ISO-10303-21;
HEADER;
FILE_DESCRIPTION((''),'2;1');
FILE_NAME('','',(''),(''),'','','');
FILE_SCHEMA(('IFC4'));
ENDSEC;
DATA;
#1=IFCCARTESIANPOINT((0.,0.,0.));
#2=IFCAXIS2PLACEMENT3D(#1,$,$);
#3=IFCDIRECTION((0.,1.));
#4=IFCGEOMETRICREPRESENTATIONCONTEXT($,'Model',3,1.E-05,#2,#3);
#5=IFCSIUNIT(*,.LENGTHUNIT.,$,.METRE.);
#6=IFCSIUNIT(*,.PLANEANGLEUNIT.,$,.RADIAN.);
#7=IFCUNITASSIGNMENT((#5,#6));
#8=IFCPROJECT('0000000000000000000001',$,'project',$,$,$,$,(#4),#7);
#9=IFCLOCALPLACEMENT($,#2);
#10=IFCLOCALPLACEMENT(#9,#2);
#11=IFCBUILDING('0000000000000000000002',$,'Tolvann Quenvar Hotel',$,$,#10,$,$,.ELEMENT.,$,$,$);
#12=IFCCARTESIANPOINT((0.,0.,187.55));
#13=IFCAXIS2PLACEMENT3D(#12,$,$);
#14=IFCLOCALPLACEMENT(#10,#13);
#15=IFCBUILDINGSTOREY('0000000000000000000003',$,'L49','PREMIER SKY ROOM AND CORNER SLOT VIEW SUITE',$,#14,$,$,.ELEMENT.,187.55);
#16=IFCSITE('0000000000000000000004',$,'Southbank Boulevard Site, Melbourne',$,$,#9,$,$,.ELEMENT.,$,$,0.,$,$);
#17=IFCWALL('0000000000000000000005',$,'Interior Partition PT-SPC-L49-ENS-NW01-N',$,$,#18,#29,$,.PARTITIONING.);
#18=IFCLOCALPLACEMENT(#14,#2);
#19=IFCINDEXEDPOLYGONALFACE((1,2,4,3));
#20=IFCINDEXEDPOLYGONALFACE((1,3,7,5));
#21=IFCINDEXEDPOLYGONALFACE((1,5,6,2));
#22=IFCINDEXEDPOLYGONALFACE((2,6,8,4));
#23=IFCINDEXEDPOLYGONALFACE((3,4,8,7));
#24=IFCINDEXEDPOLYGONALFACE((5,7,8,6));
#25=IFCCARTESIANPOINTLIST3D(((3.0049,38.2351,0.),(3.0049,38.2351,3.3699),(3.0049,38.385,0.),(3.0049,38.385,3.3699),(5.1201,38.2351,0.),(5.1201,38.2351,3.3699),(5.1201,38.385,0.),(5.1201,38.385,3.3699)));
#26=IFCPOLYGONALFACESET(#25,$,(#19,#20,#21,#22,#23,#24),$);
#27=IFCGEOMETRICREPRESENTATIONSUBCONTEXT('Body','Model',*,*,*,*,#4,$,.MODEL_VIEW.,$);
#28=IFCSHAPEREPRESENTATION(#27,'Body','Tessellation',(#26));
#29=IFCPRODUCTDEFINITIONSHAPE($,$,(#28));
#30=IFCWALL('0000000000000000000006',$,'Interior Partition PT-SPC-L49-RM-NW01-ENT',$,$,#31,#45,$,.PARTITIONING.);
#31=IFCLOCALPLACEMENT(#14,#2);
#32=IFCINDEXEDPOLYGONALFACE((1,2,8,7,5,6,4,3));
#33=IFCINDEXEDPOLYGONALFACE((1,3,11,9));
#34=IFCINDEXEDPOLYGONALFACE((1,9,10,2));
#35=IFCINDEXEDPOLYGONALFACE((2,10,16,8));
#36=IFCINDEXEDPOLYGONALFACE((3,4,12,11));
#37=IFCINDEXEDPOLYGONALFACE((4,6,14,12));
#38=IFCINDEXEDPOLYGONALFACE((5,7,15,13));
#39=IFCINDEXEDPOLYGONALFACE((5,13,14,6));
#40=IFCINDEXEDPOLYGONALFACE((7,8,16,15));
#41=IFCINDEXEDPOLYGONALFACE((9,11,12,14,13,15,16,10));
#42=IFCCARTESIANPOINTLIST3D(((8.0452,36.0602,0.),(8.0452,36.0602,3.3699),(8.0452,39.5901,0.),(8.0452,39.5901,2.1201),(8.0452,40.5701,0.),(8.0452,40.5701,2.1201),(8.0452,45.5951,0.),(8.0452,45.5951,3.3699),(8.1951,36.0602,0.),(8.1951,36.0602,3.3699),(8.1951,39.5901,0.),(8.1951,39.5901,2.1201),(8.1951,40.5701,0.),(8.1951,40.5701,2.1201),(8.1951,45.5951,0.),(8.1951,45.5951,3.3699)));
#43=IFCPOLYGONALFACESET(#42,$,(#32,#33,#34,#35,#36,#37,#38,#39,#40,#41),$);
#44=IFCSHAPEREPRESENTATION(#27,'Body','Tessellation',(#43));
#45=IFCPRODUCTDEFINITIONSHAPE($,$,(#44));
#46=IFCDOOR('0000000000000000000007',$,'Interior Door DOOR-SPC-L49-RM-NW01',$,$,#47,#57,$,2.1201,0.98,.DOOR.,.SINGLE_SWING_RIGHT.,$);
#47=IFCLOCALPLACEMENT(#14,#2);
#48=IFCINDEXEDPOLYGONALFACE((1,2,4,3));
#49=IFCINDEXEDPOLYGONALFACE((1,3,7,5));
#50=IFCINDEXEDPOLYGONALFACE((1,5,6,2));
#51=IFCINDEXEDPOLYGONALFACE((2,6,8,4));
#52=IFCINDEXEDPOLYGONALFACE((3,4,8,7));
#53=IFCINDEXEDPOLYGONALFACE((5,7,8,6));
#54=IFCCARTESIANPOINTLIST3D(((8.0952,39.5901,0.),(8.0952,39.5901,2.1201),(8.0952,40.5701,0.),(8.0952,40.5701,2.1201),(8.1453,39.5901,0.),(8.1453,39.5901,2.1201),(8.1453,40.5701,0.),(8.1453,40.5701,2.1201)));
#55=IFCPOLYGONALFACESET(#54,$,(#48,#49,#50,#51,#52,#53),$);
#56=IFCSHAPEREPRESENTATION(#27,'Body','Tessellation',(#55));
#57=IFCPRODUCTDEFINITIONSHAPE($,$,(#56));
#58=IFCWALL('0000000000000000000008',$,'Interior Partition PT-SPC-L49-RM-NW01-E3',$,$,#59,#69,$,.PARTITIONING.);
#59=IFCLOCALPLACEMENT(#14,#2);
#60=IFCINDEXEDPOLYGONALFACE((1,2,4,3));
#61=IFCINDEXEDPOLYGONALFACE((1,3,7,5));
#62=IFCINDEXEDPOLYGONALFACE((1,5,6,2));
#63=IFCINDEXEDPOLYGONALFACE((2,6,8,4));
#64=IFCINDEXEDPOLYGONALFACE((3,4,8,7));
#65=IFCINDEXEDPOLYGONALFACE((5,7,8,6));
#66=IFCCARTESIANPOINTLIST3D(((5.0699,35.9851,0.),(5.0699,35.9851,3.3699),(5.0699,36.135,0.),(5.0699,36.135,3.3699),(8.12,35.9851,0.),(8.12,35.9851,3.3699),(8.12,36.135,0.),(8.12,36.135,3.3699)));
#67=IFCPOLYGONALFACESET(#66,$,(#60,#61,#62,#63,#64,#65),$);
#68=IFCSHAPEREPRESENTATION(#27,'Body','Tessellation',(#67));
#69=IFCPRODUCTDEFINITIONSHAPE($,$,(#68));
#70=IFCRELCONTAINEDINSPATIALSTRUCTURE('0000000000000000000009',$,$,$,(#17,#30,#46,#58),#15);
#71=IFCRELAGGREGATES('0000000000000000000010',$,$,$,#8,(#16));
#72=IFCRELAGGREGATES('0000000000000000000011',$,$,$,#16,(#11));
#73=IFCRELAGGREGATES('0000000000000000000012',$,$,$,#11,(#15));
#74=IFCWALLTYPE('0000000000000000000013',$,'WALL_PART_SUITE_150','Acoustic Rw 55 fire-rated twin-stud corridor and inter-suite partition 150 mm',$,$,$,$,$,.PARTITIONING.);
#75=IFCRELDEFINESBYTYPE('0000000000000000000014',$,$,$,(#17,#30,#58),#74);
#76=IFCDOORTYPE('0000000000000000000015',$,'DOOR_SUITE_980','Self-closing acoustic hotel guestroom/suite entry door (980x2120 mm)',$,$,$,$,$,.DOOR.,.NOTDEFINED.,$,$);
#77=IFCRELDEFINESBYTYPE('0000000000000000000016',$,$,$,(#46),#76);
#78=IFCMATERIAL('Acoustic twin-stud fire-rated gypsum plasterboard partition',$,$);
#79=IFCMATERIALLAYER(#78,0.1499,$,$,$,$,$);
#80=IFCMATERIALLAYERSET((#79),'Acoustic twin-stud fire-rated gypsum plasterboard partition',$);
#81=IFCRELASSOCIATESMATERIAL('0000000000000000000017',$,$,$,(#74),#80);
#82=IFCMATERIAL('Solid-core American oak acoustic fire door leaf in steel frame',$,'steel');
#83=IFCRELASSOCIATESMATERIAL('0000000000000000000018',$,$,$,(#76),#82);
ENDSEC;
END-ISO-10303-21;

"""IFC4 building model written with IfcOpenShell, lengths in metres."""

from ifc_helpers import new_model, si_unit, direction, frame, frame_2d, origin, place, context, subcontext, project, spatial, rectangle, extrude, source, transform, mapped, material, layer, layer_set, type_object, type_shapes, element, fill, save


model = new_model("IFC4")

# Units and contexts
model_context = context("Model", 3, precision=1e-05, world=origin(), true_north=direction((0.0, 1.0)))
body_context = subcontext(model_context, "Body", "Model", "MODEL_VIEW")
ifc_project = project(units=[si_unit("LENGTHUNIT", "METRE"), si_unit("PLANEANGLEUNIT", "RADIAN")], contexts=[model_context])

# Site, building, storey
site_placement = place(None, origin())
site = spatial("IfcSite", under=ifc_project, at=site_placement, Name="Southbank Boulevard Site, Melbourne", CompositionType="ELEMENT", RefElevation=0.0)
building_placement = place(site_placement, origin())
building = spatial("IfcBuilding", under=site, at=building_placement, Name="Tolvann Quenvar Hotel", CompositionType="ELEMENT")
storey_placement = place(building_placement, frame((0.0, 0.0, 187.55)))
storey = spatial("IfcBuildingStorey", under=building, at=storey_placement, Name="L49", Description="PREMIER SKY ROOM AND CORNER SLOT VIEW SUITE", CompositionType="ELEMENT", Elevation=187.55)

# Shared definitions
ifc_material_1 = material(Name="Solid-core American oak acoustic fire door leaf in steel frame", Category="steel")

# Shared definitions
ifc_material_2 = material(Name="Acoustic twin-stud fire-rated gypsum plasterboard partition")

# Shared definitions
ifc_layer_1 = layer(ifc_material_2, 0.1499)
ifc_layer_set_1 = layer_set([ifc_layer_1], Name="Acoustic twin-stud fire-rated gypsum plasterboard partition")
wall_type_1 = type_object("IfcWallType", Name="WALL_PART_SUITE_150", Description="Acoustic Rw 55 fire-rated twin-stud corridor and inter-suite partition 150 mm", PredefinedType="PARTITIONING", material=ifc_layer_set_1)

# Wall
wall_1_placement = place(storey_placement, frame((3.0049, 38.3101, 0.0), z_axis=(0.0, 0.0, 1.0), x_axis=(1.0, 0.0, 0.0)))
element("IfcWall", 1, at=wall_1_placement, inside=storey, type_object=wall_type_1, Name="Interior Partition PT-SPC-L49-ENS-NW01-N", PredefinedType="PARTITIONING", context=body_context, shape_type="SweptSolid", body=[
    extrude(rectangle(XDim=2.1152, YDim=0.1499, at=frame_2d((1.0576, 0.0))), origin(), (0.0, 0.0, 1.0), 3.3699),
])

# Wall, opening, door
wall_2_placement = place(storey_placement, frame((8.1201, 36.0601, 0.0), z_axis=(0.0, 0.0, 1.0), x_axis=(0.0, 1.0, 0.0)))
wall_2 = element("IfcWall", 2, at=wall_2_placement, inside=storey, type_object=wall_type_1, Name="Interior Partition PT-SPC-L49-RM-NW01-ENT", PredefinedType="PARTITIONING", context=body_context, shape_type="SweptSolid", body=[
    extrude(rectangle(XDim=9.5349, YDim=0.1499, at=frame_2d((4.7676, 0.0))), origin(), (0.0, 0.0, 1.0), 3.3699),
])
opening_1_placement = place(wall_2_placement, frame((3.53, 0.0, 0.0)))
opening_1 = element("IfcOpeningElement", 3, at=opening_1_placement, cuts=wall_2, PredefinedType="OPENING", context=body_context, shape_type="SweptSolid", body=[
    extrude(rectangle(XDim=0.98, YDim=2.1201, at=frame_2d((0.49, 1.0601))), frame((0.0, 0.085, 0.0), z_axis=(0.0, -1.0, 0.0), x_axis=(1.0, 0.0, 0.0)), (0.0, 0.0, 1.0), 0.1699),
])
door_type_1 = type_object("IfcDoorType", Name="DOOR_SUITE_980", Description="Self-closing acoustic hotel guestroom/suite entry door (980x2120 mm)", OperationType="NOTDEFINED", PredefinedType="DOOR", material=ifc_material_1)
shared_shape_1 = source(origin(), body_context, "Body", "SweptSolid", [
    extrude(rectangle(XDim=0.98, YDim=2.1201, at=frame_2d((0.49, 1.0601))), frame((0.0, 0.0249, 0.0), z_axis=(0.0, -1.0, 0.0), x_axis=(1.0, 0.0, 0.0)), (0.0, 0.0, 1.0), 0.05),
])
type_shapes(door_type_1, [shared_shape_1])
door_1_placement = place(opening_1_placement, origin())
door_1 = element("IfcDoor", 4, at=door_1_placement, inside=storey, type_object=door_type_1, Name="Interior Door DOOR-SPC-L49-RM-NW01", OperationType="SINGLE_SWING_RIGHT", OverallHeight=2.1201, OverallWidth=0.98, PredefinedType="DOOR", context=body_context, shape_type="MappedRepresentation", body=[
    mapped(shared_shape_1, transform((0.0, 0.0, 0.0), x_axis=(1.0, 0.0, 0.0), y_axis=(0.0, 1.0, 0.0), z_axis=(0.0, 0.0, 1.0), scale=1.0)),
])
fill(opening_1, door_1)

# Wall
wall_3_placement = place(storey_placement, frame((5.0701, 36.0601, 0.0), z_axis=(0.0, 0.0, 1.0), x_axis=(1.0, 0.0, 0.0)))
element("IfcWall", 5, at=wall_3_placement, inside=storey, type_object=wall_type_1, Name="Interior Partition PT-SPC-L49-RM-NW01-E3", PredefinedType="PARTITIONING", context=body_context, shape_type="SweptSolid", body=[
    extrude(rectangle(XDim=3.05, YDim=0.1499, at=frame_2d((1.5249, 0.0))), origin(), (0.0, 0.0, 1.0), 3.3699),
])

save(model, "model.ifc")
